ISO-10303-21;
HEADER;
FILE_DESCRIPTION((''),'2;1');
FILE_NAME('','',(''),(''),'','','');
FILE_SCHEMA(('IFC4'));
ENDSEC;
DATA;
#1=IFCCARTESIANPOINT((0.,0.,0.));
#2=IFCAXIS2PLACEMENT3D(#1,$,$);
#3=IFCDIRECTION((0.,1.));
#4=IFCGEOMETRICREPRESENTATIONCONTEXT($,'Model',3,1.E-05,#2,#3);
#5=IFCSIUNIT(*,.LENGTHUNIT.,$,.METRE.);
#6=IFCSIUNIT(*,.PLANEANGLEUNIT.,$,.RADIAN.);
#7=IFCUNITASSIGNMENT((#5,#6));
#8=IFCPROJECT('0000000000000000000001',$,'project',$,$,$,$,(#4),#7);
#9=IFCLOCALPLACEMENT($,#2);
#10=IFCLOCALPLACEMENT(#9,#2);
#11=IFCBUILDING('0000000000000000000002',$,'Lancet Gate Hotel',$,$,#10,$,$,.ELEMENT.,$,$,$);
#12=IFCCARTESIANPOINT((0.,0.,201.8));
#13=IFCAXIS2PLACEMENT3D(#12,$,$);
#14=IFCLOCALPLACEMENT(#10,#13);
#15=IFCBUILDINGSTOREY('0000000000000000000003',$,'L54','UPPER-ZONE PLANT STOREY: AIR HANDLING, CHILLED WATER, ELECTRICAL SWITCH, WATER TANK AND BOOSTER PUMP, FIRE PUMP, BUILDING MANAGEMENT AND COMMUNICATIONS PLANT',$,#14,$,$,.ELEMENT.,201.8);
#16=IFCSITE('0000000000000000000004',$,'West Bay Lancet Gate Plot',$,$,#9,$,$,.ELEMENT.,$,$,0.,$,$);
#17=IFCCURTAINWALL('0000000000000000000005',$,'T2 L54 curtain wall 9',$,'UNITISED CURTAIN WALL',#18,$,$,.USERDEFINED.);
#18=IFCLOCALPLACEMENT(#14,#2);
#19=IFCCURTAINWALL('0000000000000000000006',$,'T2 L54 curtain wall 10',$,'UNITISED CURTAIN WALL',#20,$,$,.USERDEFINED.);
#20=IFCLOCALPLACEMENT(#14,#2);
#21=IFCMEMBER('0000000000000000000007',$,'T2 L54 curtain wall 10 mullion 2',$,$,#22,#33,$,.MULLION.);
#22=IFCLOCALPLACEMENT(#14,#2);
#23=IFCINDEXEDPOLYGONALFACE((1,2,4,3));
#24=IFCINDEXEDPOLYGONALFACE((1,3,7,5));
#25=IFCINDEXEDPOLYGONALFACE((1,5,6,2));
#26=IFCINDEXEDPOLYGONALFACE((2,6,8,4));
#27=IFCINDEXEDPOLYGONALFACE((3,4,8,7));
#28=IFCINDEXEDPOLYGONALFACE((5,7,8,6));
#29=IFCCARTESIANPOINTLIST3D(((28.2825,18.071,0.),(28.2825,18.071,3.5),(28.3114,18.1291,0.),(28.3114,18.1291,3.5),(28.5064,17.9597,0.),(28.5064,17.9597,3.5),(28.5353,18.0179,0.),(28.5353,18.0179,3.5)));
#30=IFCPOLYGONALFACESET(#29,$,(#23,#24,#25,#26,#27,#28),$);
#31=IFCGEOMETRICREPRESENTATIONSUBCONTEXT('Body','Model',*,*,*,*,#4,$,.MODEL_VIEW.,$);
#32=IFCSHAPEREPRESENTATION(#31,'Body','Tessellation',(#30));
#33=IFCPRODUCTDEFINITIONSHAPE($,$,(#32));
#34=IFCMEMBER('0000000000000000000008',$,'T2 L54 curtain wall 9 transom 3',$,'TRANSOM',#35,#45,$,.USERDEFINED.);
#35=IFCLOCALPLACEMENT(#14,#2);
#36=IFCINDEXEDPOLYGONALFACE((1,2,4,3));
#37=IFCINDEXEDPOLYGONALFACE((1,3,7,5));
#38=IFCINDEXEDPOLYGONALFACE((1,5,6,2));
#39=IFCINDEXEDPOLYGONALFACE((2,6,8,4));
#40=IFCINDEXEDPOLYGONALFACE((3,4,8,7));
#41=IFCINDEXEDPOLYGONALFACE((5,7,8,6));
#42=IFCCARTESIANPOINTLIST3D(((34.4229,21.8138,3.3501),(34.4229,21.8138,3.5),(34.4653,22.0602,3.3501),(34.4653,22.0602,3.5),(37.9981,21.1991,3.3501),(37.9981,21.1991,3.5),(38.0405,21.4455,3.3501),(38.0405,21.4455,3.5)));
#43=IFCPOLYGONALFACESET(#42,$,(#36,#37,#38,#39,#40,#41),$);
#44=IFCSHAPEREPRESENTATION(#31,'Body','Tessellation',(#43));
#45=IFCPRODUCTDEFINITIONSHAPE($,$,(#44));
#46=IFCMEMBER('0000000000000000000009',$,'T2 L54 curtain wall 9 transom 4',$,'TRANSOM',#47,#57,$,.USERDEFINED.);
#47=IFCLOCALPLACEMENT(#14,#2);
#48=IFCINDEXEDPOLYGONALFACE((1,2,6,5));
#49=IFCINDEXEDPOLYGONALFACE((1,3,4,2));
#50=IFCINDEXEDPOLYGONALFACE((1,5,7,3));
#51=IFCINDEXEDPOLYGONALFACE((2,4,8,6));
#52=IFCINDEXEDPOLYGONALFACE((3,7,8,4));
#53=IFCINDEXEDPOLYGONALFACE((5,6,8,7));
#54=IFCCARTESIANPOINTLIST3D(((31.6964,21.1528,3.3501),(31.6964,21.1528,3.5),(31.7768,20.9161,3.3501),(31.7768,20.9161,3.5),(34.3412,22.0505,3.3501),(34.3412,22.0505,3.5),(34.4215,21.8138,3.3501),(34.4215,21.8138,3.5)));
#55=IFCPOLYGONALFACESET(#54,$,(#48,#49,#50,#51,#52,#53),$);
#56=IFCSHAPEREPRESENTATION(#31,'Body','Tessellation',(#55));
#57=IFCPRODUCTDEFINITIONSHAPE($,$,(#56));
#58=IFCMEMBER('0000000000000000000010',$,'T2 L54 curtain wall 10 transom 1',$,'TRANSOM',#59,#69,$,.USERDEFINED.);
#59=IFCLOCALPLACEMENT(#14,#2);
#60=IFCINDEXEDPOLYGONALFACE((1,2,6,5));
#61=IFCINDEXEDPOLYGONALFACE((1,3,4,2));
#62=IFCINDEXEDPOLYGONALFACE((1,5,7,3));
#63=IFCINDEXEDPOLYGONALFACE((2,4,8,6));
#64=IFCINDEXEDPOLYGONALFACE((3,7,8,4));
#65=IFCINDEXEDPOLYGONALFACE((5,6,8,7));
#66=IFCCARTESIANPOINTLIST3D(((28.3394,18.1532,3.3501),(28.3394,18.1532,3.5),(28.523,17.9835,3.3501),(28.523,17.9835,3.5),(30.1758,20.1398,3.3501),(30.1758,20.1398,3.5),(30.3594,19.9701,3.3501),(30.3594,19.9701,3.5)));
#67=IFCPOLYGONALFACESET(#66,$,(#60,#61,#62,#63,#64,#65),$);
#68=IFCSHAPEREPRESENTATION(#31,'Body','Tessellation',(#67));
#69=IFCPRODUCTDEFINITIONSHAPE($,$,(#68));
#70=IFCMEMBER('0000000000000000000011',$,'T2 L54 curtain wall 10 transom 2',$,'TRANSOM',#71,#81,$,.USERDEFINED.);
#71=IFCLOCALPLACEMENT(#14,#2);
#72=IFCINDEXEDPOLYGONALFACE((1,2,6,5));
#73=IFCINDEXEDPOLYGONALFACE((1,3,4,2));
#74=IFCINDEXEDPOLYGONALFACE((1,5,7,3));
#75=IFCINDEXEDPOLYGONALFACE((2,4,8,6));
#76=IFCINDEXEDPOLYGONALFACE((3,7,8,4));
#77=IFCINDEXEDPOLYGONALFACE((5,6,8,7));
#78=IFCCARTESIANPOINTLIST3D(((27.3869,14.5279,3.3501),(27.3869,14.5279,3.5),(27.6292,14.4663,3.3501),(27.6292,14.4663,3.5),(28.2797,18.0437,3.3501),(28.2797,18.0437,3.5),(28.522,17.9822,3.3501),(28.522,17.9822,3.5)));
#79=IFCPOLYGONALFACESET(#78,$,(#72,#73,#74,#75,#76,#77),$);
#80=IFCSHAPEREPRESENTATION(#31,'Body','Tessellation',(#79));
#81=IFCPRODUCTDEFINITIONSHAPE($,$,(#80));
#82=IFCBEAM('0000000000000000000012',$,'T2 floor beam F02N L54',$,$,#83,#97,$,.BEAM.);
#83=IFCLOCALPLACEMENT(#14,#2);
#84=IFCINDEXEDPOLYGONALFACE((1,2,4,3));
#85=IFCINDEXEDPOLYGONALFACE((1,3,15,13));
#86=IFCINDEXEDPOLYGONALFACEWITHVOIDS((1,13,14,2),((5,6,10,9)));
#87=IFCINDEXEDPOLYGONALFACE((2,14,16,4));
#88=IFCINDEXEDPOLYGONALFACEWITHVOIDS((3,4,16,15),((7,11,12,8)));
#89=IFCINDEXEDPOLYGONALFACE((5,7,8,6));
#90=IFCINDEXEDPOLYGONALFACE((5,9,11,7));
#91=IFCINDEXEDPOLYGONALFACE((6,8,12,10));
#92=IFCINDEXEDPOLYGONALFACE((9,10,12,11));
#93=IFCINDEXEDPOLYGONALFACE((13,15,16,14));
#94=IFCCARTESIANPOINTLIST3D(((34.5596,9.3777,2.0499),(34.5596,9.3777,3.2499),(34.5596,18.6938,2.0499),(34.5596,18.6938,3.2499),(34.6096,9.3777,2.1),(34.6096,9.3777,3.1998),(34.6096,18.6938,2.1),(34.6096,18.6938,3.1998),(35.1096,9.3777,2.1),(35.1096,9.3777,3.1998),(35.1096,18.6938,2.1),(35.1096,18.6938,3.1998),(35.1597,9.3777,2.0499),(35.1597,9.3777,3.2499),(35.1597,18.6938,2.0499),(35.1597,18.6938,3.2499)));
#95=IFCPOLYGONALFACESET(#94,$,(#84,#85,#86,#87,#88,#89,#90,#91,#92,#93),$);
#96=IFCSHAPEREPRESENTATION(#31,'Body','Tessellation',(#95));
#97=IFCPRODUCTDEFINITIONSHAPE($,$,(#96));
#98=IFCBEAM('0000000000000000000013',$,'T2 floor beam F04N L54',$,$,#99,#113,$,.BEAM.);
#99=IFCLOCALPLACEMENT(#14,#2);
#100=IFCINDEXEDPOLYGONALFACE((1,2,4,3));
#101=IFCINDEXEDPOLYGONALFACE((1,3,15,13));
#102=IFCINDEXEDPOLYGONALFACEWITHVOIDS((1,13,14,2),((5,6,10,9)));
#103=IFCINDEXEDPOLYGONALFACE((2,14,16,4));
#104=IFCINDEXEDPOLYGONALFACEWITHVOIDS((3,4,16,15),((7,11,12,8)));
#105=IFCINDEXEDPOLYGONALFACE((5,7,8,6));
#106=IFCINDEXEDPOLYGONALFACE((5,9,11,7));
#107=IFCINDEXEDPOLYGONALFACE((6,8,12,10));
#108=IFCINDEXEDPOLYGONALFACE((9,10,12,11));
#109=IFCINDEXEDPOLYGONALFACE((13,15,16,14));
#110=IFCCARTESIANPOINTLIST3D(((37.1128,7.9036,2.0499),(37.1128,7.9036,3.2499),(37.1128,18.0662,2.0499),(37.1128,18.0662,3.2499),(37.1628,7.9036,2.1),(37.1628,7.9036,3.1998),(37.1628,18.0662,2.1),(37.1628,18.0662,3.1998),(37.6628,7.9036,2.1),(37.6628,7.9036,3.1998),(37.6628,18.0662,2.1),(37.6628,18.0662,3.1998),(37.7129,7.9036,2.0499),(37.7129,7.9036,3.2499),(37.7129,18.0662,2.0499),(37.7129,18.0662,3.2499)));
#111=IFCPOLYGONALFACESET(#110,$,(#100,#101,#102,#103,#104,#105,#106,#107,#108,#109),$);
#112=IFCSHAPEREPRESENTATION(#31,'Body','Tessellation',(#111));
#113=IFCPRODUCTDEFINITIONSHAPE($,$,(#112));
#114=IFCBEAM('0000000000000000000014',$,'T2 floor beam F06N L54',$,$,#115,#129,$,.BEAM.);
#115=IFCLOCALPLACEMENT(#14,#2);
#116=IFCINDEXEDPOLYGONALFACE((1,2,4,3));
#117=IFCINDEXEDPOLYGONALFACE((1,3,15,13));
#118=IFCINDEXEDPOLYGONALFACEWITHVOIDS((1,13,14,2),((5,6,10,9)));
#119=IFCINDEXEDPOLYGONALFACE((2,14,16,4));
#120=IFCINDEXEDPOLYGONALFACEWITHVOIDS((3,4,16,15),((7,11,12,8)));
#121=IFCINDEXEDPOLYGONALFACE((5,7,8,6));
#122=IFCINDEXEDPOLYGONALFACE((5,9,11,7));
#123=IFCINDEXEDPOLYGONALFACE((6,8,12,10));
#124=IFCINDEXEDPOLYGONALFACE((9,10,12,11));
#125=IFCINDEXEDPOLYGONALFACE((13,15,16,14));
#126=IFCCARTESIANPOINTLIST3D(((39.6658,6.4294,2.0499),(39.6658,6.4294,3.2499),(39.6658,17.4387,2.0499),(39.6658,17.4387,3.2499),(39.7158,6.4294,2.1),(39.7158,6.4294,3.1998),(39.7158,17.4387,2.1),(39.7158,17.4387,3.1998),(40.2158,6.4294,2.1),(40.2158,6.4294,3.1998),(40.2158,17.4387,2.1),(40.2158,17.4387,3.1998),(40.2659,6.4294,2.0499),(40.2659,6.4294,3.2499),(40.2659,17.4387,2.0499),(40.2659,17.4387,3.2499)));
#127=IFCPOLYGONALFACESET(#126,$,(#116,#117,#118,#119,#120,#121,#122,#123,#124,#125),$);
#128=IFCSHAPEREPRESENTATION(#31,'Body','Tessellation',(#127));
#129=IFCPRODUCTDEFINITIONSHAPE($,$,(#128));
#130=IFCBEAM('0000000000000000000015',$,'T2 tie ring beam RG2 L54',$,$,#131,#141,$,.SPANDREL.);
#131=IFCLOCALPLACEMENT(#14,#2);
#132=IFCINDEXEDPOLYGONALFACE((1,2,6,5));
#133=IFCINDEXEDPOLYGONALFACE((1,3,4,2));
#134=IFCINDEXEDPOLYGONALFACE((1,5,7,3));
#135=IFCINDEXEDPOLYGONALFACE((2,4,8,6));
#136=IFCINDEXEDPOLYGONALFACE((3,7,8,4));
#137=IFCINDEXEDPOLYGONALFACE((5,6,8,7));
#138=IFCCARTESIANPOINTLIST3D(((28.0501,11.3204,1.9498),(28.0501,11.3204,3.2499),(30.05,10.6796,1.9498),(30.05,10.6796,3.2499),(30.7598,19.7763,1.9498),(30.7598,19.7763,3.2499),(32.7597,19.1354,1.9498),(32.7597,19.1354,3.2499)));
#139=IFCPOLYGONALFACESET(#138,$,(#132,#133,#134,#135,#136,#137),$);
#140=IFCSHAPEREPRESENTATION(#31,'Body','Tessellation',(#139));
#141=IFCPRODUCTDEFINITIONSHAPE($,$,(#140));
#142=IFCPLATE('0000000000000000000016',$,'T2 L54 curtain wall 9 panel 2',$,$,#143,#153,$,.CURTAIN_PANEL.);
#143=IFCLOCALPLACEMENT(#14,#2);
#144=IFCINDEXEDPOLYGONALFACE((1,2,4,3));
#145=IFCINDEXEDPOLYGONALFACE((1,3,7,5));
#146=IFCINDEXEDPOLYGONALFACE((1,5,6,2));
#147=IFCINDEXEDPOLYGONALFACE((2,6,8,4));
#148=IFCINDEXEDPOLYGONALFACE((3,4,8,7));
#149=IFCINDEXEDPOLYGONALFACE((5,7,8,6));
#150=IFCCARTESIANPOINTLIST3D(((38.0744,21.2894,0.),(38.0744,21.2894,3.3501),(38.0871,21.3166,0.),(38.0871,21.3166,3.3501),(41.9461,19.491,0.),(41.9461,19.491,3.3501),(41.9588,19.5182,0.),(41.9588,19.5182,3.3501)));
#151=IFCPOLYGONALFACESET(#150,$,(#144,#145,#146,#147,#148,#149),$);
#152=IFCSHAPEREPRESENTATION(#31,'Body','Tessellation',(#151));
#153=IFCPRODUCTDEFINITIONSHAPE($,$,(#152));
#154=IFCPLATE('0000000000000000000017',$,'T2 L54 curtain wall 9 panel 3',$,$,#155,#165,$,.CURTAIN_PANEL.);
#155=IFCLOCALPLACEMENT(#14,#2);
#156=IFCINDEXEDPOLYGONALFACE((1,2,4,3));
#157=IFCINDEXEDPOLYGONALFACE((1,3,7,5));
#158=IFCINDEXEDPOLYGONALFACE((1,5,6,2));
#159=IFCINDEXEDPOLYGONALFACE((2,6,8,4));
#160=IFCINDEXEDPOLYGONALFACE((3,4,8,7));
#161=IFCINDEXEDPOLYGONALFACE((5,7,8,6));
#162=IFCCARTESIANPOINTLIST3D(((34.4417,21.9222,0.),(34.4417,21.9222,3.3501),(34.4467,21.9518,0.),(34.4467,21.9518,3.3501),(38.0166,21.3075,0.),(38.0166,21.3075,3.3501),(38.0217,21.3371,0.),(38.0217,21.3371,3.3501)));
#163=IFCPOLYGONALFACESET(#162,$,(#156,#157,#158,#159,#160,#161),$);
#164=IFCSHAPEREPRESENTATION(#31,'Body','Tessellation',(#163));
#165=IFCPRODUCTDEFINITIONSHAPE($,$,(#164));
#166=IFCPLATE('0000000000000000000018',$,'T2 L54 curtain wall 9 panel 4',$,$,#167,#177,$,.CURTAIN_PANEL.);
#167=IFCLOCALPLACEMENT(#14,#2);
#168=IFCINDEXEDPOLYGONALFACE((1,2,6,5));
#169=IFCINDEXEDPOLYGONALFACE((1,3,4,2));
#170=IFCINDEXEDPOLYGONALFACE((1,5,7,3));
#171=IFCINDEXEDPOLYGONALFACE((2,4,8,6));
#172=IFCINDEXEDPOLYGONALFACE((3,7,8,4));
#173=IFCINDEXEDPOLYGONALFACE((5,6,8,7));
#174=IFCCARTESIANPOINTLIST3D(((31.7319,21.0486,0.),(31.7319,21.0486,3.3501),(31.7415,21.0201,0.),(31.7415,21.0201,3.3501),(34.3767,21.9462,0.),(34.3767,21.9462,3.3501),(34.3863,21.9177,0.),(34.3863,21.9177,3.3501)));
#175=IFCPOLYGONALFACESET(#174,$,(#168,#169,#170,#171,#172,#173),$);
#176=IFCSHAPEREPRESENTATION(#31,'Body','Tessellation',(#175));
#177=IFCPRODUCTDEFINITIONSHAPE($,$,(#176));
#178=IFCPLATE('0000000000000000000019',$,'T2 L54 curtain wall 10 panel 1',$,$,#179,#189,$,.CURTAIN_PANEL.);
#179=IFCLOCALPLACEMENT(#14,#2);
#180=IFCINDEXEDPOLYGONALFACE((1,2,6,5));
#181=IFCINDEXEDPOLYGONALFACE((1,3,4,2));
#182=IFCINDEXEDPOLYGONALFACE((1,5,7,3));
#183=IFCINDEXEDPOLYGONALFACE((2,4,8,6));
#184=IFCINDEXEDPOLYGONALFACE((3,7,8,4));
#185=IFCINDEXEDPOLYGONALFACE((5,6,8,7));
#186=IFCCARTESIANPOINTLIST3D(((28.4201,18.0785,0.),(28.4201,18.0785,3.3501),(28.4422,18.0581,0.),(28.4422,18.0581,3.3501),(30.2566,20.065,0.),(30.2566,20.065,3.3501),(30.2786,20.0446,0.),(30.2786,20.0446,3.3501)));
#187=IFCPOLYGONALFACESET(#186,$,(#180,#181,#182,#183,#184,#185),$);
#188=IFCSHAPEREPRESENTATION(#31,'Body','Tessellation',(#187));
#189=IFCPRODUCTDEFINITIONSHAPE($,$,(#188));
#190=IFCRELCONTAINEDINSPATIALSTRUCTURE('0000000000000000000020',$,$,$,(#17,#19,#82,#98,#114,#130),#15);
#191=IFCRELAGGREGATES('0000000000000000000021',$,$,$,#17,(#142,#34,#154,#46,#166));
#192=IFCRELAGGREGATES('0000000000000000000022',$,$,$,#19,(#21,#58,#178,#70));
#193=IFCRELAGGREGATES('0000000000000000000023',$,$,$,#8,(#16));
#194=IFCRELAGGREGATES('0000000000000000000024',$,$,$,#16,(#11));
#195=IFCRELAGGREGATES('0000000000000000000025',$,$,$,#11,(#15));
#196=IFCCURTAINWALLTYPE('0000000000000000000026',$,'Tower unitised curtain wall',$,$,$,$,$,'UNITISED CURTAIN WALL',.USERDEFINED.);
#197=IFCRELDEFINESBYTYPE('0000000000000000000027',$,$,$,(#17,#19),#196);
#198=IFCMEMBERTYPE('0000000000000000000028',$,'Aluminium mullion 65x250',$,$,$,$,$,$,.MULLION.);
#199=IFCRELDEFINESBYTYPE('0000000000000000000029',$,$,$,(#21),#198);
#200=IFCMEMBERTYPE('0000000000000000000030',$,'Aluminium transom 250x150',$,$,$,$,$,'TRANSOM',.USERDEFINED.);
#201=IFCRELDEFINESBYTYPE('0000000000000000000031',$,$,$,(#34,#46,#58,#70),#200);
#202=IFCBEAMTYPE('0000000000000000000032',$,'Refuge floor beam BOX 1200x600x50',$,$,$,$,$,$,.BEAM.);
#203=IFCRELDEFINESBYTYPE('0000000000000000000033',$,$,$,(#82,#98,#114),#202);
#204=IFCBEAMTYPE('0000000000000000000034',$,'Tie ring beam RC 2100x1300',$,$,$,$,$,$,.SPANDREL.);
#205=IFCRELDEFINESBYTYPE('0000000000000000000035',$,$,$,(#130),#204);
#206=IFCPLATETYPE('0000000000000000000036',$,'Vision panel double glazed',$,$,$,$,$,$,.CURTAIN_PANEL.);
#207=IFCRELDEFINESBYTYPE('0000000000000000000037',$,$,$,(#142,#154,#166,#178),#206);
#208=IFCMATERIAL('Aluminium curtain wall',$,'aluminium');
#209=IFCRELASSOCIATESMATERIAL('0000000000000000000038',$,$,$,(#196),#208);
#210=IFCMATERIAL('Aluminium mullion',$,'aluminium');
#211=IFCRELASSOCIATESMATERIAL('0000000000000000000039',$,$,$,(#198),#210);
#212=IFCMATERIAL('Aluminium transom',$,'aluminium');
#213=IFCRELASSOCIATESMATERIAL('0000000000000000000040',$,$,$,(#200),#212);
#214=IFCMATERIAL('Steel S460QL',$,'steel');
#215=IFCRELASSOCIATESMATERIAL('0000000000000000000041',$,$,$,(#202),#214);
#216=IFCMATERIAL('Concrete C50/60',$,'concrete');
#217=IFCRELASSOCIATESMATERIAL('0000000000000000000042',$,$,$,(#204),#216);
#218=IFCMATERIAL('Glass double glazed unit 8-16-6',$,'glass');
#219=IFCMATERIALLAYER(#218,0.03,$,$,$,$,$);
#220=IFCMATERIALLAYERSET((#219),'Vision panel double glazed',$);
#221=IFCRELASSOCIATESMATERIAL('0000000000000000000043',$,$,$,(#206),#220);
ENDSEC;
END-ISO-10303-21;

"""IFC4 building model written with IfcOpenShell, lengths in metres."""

from ifc_helpers import new_model, si_unit, direction, frame, origin, origin_2d, place, context, subcontext, project, spatial, rectangle, hollow_rectangle, extrude, material, layer, layer_set, material_profile, profile_set, type_object, element, aggregate, save


model = new_model("IFC4")

# Units and contexts
model_context = context("Model", 3, precision=1e-05, world=origin(), true_north=direction((0.0, 1.0)))
body_context = subcontext(model_context, "Body", "Model", "MODEL_VIEW")
ifc_project = project(units=[si_unit("LENGTHUNIT", "METRE"), si_unit("PLANEANGLEUNIT", "RADIAN")], contexts=[model_context])

# Site, building, storey
site_placement = place(None, origin())
site = spatial("IfcSite", under=ifc_project, at=site_placement, Name="West Bay Lancet Gate Plot", CompositionType="ELEMENT", RefElevation=0.0)
building_placement = place(site_placement, origin())
building = spatial("IfcBuilding", under=site, at=building_placement, Name="Lancet Gate Hotel", CompositionType="ELEMENT")
storey_placement = place(building_placement, frame((0.0, 0.0, 201.8)))
storey = spatial("IfcBuildingStorey", under=building, at=storey_placement, Name="L54", Description="UPPER-ZONE PLANT STOREY: AIR HANDLING, CHILLED WATER, ELECTRICAL SWITCH, WATER TANK AND BOOSTER PUMP, FIRE PUMP, BUILDING MANAGEMENT AND COMMUNICATIONS PLANT", CompositionType="ELEMENT", Elevation=201.8)

# Curtain walls, member
ifc_material_1 = material(Name="Aluminium curtain wall", Category="aluminium")
curtain_wall_type = type_object("IfcCurtainWallType", Name="Tower unitised curtain wall", ElementType="UNITISED CURTAIN WALL", PredefinedType="USERDEFINED", material=ifc_material_1)
curtain_wall_1_placement = place(storey_placement, origin())
curtain_wall_1 = element("IfcCurtainWall", 1, at=curtain_wall_1_placement, inside=storey, type_object=curtain_wall_type, Name="T2 L54 curtain wall 9", ObjectType="UNITISED CURTAIN WALL", PredefinedType="USERDEFINED")
ifc_material_2 = material(Name="Aluminium mullion", Category="aluminium")
ifc_material_profile_1 = material_profile(ifc_material_2, rectangle(XDim=0.0649, YDim=0.25, at=origin_2d()), Name="MULLION 65x250")
ifc_profile_set_1 = profile_set([ifc_material_profile_1], Name="Aluminium mullion")
member_type_1 = type_object("IfcMemberType", Name="Aluminium mullion 65x250", PredefinedType="MULLION", material=ifc_profile_set_1)
curtain_wall_2_placement = place(storey_placement, origin())
curtain_wall_2 = element("IfcCurtainWall", 2, at=curtain_wall_2_placement, inside=storey, type_object=curtain_wall_type, Name="T2 L54 curtain wall 10", ObjectType="UNITISED CURTAIN WALL", PredefinedType="USERDEFINED")
member_1_placement = place(storey_placement, frame((28.4089, 18.0444, 0.0), z_axis=(0.0, 0.0, 1.0), x_axis=(-0.445044, -0.895509, 0.0)))
member_1 = element("IfcMember", 3, at=member_1_placement, type_object=member_type_1, Name="T2 L54 curtain wall 10 mullion 2", PredefinedType="MULLION", context=body_context, shape_type="SweptSolid", body=[
    extrude(rectangle(XDim=0.0649, YDim=0.25, at=origin_2d()), origin(), (0.0, 0.0, 1.0), 3.5),
])

# Members
ifc_material_3 = material(Name="Aluminium transom", Category="aluminium")
ifc_material_profile_2 = material_profile(ifc_material_3, rectangle(XDim=0.25, YDim=0.1499, at=origin_2d()), Name="TRANSOM 250x150")
ifc_profile_set_2 = profile_set([ifc_material_profile_2], Name="Aluminium transom")
member_type_2 = type_object("IfcMemberType", Name="Aluminium transom 250x150", ElementType="TRANSOM", PredefinedType="USERDEFINED", material=ifc_profile_set_2)
member_2_placement = place(storey_placement, frame((38.0193, 21.3223, 3.425), z_axis=(-0.985537, 0.169461, 0.0), x_axis=(-0.169461, -0.985537, 0.0)))
member_2 = element("IfcMember", 4, at=member_2_placement, type_object=member_type_2, Name="T2 L54 curtain wall 9 transom 3", ObjectType="TRANSOM", PredefinedType="USERDEFINED", context=body_context, shape_type="SweptSolid", body=[
    extrude(rectangle(XDim=0.25, YDim=0.1499, at=origin_2d()), origin(), (0.0, 0.0, 1.0), 3.6277),
])
member_3_placement = place(storey_placement, frame((34.3813, 21.9321, 3.425), z_axis=(-0.946938, -0.321415, 0.0), x_axis=(0.321415, -0.946938, 0.0)))
member_3 = element("IfcMember", 5, at=member_3_placement, type_object=member_type_2, Name="T2 L54 curtain wall 9 transom 4", ObjectType="TRANSOM", PredefinedType="USERDEFINED", context=body_context, shape_type="SweptSolid", body=[
    extrude(rectangle(XDim=0.25, YDim=0.1499, at=origin_2d()), origin(), (0.0, 0.0, 1.0), 2.793),
])
member_4_placement = place(storey_placement, frame((30.2676, 20.0549, 3.425), z_axis=(-0.678812, -0.734312, 0.0), x_axis=(0.734312, -0.678812, 0.0)))
member_4 = element("IfcMember", 6, at=member_4_placement, type_object=member_type_2, Name="T2 L54 curtain wall 10 transom 1", ObjectType="TRANSOM", PredefinedType="USERDEFINED", context=body_context, shape_type="SweptSolid", body=[
    extrude(rectangle(XDim=0.25, YDim=0.1499, at=origin_2d()), origin(), (0.0, 0.0, 1.0), 2.7053),
])
member_5_placement = place(storey_placement, frame((28.4009, 18.0129, 3.425), z_axis=(-0.246129, -0.969237, 0.0), x_axis=(0.969237, -0.246129, 0.0)))
member_5 = element("IfcMember", 7, at=member_5_placement, type_object=member_type_2, Name="T2 L54 curtain wall 10 transom 2", ObjectType="TRANSOM", PredefinedType="USERDEFINED", context=body_context, shape_type="SweptSolid", body=[
    extrude(rectangle(XDim=0.25, YDim=0.1499, at=origin_2d()), origin(), (0.0, 0.0, 1.0), 3.6274),
])

# Beams
ifc_material_4 = material(Name="Steel S460QL", Category="steel")
ifc_material_profile_3 = material_profile(ifc_material_4, hollow_rectangle(XDim=0.6001, YDim=1.2, WallThickness=0.05, at=origin_2d()), Name="BOX 1200x600x50")
ifc_profile_set_3 = profile_set([ifc_material_profile_3], Name="Steel S460QL")
beam_type_1 = type_object("IfcBeamType", Name="Refuge floor beam BOX 1200x600x50", PredefinedType="BEAM", material=ifc_profile_set_3)
beam_1_placement = place(storey_placement, frame((34.8596, 9.3777, 2.6499), z_axis=(0.0, 1.0, 0.0), x_axis=(-1.0, 0.0, 0.0)))
element("IfcBeam", 8, at=beam_1_placement, inside=storey, type_object=beam_type_1, Name="T2 floor beam F02N L54", PredefinedType="BEAM", context=body_context, shape_type="SweptSolid", body=[
    extrude(hollow_rectangle(XDim=0.6001, YDim=1.2, WallThickness=0.05, at=origin_2d()), origin(), (0.0, 0.0, 1.0), 9.3162),
])
beam_2_placement = place(storey_placement, frame((37.4128, 7.9036, 2.6499), z_axis=(0.0, 1.0, 0.0), x_axis=(-1.0, 0.0, 0.0)))
element("IfcBeam", 9, at=beam_2_placement, inside=storey, type_object=beam_type_1, Name="T2 floor beam F04N L54", PredefinedType="BEAM", context=body_context, shape_type="SweptSolid", body=[
    extrude(hollow_rectangle(XDim=0.6001, YDim=1.2, WallThickness=0.05, at=origin_2d()), origin(), (0.0, 0.0, 1.0), 10.1626),
])
beam_3_placement = place(storey_placement, frame((39.9658, 6.4294, 2.6499), z_axis=(0.0, 1.0, 0.0), x_axis=(-1.0, 0.0, 0.0)))
element("IfcBeam", 10, at=beam_3_placement, inside=storey, type_object=beam_type_1, Name="T2 floor beam F06N L54", PredefinedType="BEAM", context=body_context, shape_type="SweptSolid", body=[
    extrude(hollow_rectangle(XDim=0.6001, YDim=1.2, WallThickness=0.05, at=origin_2d()), origin(), (0.0, 0.0, 1.0), 11.0093),
])
ifc_material_5 = material(Name="Concrete C50/60", Category="concrete")
ifc_material_profile_4 = material_profile(ifc_material_5, rectangle(XDim=2.1001, YDim=1.3, at=origin_2d()), Name="RC 2100x1300")
ifc_profile_set_4 = profile_set([ifc_material_profile_4], Name="Concrete C50/60")
beam_type_2 = type_object("IfcBeamType", Name="Tie ring beam RC 2100x1300", PredefinedType="SPANDREL", material=ifc_profile_set_4)
beam_4_placement = place(storey_placement, frame((29.05, 11.0, 2.5999), z_axis=(0.30517, 0.952298, 0.0), x_axis=(-0.952298, 0.30517, 0.0)))
element("IfcBeam", 11, at=beam_4_placement, inside=storey, type_object=beam_type_2, Name="T2 tie ring beam RG2 L54", PredefinedType="SPANDREL", context=body_context, shape_type="SweptSolid", body=[
    extrude(rectangle(XDim=2.1001, YDim=1.3, at=origin_2d()), origin(), (0.0, 0.0, 1.0), 8.8794),
])

# Plates
ifc_material_6 = material(Name="Glass double glazed unit 8-16-6", Category="glass")
ifc_layer_1 = layer(ifc_material_6, 0.03)
ifc_layer_set_1 = layer_set([ifc_layer_1], Name="Vision panel double glazed")
plate_type = type_object("IfcPlateType", Name="Vision panel double glazed", PredefinedType="CURTAIN_PANEL", material=ifc_layer_set_1)
plate_1_placement = place(storey_placement, frame((40.0166, 20.4038, 0.0), z_axis=(0.0, 0.0, 1.0), x_axis=(-0.906935, 0.421271, 0.0)))
plate_1 = element("IfcPlate", 12, at=plate_1_placement, type_object=plate_type, Name="T2 L54 curtain wall 9 panel 2", PredefinedType="CURTAIN_PANEL", context=body_context, shape_type="SweptSolid", body=[
    extrude(rectangle(XDim=4.269, YDim=0.03, at=origin_2d()), origin(), (0.0, 0.0, 1.0), 3.3501),
])
plate_2_placement = place(storey_placement, frame((36.2317, 21.6296, 0.0), z_axis=(0.0, 0.0, 1.0), x_axis=(-0.98554, 0.169445, 0.0)))
plate_2 = element("IfcPlate", 13, at=plate_2_placement, type_object=plate_type, Name="T2 L54 curtain wall 9 panel 3", PredefinedType="CURTAIN_PANEL", context=body_context, shape_type="SweptSolid", body=[
    extrude(rectangle(XDim=3.6274, YDim=0.03, at=origin_2d()), origin(), (0.0, 0.0, 1.0), 3.3501),
])
plate_3_placement = place(storey_placement, frame((33.0591, 21.4832, 0.0), z_axis=(0.0, 0.0, 1.0), x_axis=(-0.946952, -0.321374, 0.0)))
plate_3 = element("IfcPlate", 14, at=plate_3_placement, type_object=plate_type, Name="T2 L54 curtain wall 9 panel 4", PredefinedType="CURTAIN_PANEL", context=body_context, shape_type="SweptSolid", body=[
    extrude(rectangle(XDim=2.793, YDim=0.03, at=origin_2d()), origin(), (0.0, 0.0, 1.0), 3.3501),
])
aggregate(curtain_wall_1, [plate_1, member_2, plate_2, member_3, plate_3])
plate_4_placement = place(storey_placement, frame((29.3494, 19.0615, 0.0), z_axis=(0.0, 0.0, 1.0), x_axis=(-0.678831, -0.734294, 0.0)))
plate_4 = element("IfcPlate", 15, at=plate_4_placement, type_object=plate_type, Name="T2 L54 curtain wall 10 panel 1", PredefinedType="CURTAIN_PANEL", context=body_context, shape_type="SweptSolid", body=[
    extrude(rectangle(XDim=2.7053, YDim=0.03, at=origin_2d()), origin(), (0.0, 0.0, 1.0), 3.3501),
])
aggregate(curtain_wall_2, [member_1, member_4, plate_4, member_5])

save(model, "model.ifc")
